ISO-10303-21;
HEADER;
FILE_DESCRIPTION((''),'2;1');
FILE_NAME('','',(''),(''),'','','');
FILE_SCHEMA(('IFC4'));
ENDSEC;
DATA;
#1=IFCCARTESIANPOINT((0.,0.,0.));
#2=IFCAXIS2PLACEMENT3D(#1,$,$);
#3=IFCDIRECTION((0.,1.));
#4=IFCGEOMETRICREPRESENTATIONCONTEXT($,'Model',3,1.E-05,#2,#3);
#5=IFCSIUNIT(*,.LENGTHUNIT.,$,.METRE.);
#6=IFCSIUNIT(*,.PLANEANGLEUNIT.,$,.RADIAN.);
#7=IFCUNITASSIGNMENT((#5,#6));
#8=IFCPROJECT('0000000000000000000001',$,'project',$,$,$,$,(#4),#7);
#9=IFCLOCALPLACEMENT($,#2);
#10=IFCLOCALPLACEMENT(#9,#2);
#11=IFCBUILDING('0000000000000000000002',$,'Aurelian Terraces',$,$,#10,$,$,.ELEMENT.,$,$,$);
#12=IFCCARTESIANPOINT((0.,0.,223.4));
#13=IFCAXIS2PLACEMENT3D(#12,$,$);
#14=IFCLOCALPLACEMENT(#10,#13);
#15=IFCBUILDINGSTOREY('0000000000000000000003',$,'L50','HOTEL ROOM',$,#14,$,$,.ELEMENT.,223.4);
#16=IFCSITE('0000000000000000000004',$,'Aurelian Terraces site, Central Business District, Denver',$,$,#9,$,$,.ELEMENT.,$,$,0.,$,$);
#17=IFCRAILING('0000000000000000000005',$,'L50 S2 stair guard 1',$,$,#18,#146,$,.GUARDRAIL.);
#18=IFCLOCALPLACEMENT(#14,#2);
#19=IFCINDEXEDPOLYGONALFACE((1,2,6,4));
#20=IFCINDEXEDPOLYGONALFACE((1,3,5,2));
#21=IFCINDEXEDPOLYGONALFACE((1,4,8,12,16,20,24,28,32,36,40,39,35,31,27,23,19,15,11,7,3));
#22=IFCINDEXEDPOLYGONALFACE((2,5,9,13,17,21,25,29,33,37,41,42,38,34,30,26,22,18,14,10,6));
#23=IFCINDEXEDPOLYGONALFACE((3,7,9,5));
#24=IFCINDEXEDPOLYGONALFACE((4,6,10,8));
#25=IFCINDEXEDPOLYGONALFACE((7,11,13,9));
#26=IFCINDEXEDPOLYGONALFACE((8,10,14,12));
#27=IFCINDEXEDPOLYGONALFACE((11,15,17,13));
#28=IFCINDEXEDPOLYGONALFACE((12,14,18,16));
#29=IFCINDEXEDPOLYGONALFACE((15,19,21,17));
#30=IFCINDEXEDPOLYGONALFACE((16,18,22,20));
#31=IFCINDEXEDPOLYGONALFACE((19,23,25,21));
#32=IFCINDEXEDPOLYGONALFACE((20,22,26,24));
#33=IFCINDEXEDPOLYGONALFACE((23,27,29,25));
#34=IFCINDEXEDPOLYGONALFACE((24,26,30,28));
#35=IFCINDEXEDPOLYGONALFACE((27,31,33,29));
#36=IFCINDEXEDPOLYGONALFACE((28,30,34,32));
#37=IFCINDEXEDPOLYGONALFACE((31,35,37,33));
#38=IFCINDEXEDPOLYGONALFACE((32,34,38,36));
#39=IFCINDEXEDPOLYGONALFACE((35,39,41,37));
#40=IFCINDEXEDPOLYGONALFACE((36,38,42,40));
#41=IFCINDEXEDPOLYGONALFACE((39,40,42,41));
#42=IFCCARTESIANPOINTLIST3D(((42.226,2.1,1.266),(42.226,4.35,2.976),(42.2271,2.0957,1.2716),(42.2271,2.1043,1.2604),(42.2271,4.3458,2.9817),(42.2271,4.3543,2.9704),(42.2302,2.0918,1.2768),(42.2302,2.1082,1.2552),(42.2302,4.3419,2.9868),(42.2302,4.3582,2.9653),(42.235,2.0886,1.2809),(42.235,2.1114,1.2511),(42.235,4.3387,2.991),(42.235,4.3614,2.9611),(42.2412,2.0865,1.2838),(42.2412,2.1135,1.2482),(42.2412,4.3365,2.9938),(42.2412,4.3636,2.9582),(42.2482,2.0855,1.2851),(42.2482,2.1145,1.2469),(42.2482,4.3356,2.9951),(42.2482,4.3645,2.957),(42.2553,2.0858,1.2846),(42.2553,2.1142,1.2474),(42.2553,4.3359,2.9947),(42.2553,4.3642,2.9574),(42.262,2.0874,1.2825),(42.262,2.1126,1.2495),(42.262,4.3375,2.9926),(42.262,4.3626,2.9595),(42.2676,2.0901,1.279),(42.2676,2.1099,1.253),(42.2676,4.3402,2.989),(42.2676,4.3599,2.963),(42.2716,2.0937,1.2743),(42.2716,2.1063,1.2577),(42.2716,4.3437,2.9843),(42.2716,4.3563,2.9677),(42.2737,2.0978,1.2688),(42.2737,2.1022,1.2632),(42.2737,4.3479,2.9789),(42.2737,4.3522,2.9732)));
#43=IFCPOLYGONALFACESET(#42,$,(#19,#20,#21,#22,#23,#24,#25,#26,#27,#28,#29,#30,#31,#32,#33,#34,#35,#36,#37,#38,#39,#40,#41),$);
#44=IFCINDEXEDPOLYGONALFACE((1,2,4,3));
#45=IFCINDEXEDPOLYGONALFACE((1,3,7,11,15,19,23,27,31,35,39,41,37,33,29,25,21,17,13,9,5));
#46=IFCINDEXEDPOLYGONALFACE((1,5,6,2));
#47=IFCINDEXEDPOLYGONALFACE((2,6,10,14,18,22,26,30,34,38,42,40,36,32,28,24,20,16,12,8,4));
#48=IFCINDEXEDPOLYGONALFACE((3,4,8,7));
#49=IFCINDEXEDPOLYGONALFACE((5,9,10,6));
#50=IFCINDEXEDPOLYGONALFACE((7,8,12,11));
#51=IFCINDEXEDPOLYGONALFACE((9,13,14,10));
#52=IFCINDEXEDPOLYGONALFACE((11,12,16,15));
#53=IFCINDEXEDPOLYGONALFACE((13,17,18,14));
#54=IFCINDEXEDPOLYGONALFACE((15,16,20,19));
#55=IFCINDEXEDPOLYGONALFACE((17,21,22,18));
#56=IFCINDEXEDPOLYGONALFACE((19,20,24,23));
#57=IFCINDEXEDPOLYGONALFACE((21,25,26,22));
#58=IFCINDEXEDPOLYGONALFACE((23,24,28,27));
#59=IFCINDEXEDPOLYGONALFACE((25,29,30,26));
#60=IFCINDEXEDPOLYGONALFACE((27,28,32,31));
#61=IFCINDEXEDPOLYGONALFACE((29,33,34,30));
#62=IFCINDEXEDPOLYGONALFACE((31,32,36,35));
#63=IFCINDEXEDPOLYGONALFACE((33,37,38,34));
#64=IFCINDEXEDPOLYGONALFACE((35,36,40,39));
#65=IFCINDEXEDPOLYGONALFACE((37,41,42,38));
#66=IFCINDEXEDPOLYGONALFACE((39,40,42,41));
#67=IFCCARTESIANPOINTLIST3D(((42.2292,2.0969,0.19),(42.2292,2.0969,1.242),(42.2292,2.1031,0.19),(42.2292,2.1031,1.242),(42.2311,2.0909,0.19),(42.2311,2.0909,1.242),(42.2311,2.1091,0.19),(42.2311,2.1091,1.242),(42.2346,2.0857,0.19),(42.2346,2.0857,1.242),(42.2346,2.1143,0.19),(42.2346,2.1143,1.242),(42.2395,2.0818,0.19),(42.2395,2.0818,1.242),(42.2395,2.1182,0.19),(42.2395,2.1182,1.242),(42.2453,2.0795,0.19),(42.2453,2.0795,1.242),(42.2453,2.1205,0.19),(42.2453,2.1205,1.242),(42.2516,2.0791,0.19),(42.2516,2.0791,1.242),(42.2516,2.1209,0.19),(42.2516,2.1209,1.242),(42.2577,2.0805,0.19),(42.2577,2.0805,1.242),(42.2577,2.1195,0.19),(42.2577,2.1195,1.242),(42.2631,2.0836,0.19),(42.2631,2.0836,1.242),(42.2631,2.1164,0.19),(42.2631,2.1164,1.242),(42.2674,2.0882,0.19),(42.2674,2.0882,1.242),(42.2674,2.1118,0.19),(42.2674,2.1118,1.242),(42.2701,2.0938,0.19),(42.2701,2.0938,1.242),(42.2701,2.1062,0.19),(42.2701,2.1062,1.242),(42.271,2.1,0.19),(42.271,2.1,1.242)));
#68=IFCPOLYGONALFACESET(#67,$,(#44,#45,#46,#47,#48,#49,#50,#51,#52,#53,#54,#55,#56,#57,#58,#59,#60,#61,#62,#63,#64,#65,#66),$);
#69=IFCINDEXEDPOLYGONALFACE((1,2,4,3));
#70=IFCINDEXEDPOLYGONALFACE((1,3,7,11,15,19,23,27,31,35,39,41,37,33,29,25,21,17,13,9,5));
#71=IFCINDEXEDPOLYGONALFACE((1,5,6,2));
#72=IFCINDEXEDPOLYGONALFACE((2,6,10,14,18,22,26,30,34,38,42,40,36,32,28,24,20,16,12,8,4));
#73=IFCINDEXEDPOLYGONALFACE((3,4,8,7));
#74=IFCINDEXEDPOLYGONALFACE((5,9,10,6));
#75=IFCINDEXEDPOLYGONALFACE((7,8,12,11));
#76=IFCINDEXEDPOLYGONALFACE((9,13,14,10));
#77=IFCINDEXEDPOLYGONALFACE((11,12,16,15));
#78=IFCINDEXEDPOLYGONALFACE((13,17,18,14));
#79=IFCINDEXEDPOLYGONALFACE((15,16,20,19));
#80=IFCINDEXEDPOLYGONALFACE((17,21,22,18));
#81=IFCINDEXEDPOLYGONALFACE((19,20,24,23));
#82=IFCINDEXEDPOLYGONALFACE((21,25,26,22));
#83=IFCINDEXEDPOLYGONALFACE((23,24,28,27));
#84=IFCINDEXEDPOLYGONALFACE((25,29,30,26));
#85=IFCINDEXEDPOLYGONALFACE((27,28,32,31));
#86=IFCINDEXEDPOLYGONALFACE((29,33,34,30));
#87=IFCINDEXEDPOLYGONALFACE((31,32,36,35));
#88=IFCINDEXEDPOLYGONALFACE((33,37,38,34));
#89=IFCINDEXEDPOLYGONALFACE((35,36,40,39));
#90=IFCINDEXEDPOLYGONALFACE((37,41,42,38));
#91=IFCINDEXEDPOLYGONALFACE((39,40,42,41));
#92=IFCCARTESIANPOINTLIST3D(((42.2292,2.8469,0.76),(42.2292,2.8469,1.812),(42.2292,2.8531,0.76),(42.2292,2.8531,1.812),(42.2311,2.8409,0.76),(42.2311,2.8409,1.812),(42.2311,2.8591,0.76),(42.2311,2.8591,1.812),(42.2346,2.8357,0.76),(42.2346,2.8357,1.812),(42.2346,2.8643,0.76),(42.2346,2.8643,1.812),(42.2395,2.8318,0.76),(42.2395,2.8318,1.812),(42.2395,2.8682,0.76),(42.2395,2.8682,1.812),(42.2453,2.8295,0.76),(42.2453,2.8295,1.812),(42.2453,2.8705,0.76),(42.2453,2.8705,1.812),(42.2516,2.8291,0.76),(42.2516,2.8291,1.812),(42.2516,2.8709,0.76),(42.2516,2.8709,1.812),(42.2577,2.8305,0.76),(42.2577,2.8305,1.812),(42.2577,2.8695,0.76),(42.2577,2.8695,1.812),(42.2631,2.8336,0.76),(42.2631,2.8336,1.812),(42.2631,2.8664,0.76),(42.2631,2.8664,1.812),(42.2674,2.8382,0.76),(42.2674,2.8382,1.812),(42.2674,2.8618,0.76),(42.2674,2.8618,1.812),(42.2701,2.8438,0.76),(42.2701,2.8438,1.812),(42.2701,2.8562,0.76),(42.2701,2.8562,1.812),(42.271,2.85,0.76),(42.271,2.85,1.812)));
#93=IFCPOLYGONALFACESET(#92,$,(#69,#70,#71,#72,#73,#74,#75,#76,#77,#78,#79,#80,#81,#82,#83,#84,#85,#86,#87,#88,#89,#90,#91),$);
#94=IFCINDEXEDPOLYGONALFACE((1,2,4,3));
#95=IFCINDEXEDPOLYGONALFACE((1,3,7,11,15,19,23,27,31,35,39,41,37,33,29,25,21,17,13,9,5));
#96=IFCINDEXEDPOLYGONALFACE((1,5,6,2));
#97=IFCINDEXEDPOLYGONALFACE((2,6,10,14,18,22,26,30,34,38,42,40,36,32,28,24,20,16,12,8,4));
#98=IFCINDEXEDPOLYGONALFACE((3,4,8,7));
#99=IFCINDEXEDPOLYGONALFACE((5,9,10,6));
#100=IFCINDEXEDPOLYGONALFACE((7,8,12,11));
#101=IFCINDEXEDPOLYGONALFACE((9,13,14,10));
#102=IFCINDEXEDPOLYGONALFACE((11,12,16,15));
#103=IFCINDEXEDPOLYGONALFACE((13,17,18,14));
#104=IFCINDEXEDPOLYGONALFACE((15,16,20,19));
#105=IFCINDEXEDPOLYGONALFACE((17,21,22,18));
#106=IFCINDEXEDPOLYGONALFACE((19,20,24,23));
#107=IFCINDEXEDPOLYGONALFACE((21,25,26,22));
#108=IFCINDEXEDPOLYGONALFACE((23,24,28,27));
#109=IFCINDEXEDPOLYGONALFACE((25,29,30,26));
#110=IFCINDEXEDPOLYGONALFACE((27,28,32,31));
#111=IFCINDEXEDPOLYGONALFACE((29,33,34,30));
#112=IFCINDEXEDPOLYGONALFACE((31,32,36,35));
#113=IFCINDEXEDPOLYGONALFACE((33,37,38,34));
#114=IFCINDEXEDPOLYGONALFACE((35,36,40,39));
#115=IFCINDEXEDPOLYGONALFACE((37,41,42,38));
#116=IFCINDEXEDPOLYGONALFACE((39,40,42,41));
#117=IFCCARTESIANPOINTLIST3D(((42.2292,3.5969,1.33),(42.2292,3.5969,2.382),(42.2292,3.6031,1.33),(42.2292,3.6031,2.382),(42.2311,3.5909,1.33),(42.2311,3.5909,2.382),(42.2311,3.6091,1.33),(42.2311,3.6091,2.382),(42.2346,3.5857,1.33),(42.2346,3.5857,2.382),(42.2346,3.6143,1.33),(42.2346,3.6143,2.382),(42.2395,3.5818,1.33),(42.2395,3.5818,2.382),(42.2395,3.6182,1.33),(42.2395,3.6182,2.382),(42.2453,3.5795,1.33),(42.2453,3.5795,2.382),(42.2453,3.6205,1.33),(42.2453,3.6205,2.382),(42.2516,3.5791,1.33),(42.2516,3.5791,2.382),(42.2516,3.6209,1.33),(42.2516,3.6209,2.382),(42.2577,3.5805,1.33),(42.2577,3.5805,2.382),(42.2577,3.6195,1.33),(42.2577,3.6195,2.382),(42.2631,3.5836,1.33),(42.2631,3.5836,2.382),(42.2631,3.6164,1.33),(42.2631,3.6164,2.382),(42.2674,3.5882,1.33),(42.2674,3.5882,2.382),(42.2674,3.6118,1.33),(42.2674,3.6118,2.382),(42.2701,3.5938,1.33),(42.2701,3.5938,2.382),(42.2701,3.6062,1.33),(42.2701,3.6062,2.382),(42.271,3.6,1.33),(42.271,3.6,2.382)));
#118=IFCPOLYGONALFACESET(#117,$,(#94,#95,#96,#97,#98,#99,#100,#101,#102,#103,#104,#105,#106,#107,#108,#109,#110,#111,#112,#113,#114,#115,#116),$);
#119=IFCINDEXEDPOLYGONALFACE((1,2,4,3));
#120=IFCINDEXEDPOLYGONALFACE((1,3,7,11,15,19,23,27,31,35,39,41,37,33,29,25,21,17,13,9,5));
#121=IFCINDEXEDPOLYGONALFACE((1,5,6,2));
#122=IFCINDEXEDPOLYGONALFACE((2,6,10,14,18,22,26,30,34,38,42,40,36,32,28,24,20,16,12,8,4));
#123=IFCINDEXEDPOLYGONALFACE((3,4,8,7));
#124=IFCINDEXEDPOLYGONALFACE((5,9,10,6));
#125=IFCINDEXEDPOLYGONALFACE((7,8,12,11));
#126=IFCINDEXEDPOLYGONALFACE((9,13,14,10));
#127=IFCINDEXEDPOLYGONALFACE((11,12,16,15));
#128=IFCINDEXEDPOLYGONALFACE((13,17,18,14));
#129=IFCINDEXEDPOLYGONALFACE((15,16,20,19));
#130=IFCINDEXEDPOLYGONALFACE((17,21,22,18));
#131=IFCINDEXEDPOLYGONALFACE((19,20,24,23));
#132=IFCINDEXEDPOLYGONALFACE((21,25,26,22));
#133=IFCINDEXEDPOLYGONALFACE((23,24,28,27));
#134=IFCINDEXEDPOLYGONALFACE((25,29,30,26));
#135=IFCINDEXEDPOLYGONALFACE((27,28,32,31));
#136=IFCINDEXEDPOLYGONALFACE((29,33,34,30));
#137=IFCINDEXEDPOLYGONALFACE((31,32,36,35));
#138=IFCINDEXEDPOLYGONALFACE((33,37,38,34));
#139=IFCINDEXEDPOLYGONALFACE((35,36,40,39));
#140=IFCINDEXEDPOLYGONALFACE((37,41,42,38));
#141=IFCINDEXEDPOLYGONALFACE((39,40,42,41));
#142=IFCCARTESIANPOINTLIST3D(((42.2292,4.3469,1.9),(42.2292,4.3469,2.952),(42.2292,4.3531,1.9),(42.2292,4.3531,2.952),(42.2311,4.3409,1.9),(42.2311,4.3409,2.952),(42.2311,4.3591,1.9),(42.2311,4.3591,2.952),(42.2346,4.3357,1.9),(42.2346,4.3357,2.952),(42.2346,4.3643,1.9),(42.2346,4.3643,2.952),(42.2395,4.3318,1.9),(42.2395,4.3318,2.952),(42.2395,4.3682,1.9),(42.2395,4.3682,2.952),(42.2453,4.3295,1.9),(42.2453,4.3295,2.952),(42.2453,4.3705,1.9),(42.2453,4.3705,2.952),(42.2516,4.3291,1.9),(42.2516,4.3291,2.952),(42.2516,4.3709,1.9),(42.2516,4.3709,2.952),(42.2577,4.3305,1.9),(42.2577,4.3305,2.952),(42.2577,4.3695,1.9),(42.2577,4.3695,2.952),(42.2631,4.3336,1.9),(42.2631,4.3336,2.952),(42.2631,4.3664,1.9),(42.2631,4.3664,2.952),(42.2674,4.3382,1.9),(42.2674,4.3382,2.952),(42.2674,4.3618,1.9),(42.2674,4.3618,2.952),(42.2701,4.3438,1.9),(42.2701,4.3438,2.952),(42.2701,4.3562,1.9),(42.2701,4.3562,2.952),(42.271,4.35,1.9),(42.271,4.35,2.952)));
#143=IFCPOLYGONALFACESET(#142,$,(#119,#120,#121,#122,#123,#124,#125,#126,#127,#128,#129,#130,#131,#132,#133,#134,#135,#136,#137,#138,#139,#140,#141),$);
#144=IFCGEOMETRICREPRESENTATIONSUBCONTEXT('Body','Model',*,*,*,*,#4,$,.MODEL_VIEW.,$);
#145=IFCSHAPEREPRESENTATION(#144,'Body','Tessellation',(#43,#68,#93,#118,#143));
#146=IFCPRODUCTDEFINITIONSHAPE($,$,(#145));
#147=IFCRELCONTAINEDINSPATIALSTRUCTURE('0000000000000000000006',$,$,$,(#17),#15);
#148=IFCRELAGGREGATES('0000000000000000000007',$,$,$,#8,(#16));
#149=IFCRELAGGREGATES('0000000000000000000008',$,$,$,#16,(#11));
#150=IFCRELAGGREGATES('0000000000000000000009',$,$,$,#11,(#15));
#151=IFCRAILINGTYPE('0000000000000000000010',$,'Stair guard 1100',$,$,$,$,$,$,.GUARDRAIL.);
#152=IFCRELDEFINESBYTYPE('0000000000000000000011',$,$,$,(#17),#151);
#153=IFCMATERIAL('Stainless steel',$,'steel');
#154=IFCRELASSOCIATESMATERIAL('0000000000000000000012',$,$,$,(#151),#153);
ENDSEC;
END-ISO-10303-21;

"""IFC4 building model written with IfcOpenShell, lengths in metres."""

from ifc_helpers import new_model, si_unit, direction, frame, origin, origin_2d, place, context, subcontext, project, spatial, circle, extrude, source, transform, mapped, material, type_object, element, save


model = new_model("IFC4")

# Units and contexts
model_context = context("Model", 3, precision=1e-05, world=origin(), true_north=direction((0.0, 1.0)))
body_context = subcontext(model_context, "Body", "Model", "MODEL_VIEW")
ifc_project = project(units=[si_unit("LENGTHUNIT", "METRE"), si_unit("PLANEANGLEUNIT", "RADIAN")], contexts=[model_context])

# Site, building, storey
site_placement = place(None, origin())
site = spatial("IfcSite", under=ifc_project, at=site_placement, Name="Aurelian Terraces site, Central Business District, Denver", CompositionType="ELEMENT", RefElevation=0.0)
building_placement = place(site_placement, origin())
building = spatial("IfcBuilding", under=site, at=building_placement, Name="Aurelian Terraces", CompositionType="ELEMENT")
storey_placement = place(building_placement, frame((0.0, 0.0, 223.4)))
storey = spatial("IfcBuildingStorey", under=building, at=storey_placement, Name="L50", Description="HOTEL ROOM", CompositionType="ELEMENT", Elevation=223.4)

# Railing
ifc_material_1 = material(Name="Stainless steel", Category="steel")
railing_type = type_object("IfcRailingType", Name="Stair guard 1100", PredefinedType="GUARDRAIL", material=ifc_material_1)
shared_shape_1 = source(origin(), body_context, "Body", "SweptSolid", [
    extrude(circle(Radius=0.024, at=origin_2d()), frame((0.0, 0.0, 1.076), z_axis=(0.0, 0.796162, 0.605083), x_axis=(-1.0, 0.0, 0.0)), (0.0, 0.0, 1.0), 2.8261),
    extrude(circle(Radius=0.021, at=origin_2d()), origin(), (0.0, 0.0, 1.0), 1.052),
    extrude(circle(Radius=0.021, at=origin_2d()), frame((0.0, 0.75, 0.57)), (0.0, 0.0, 1.0), 1.052),
    extrude(circle(Radius=0.021, at=origin_2d()), frame((0.0, 1.5, 1.14)), (0.0, 0.0, 1.0), 1.052),
    extrude(circle(Radius=0.021, at=origin_2d()), frame((0.0, 2.25, 1.71)), (0.0, 0.0, 1.0), 1.052),
])
railing_1_placement = place(storey_placement, frame((42.25, 2.1, 0.19)))
element("IfcRailing", 1, at=railing_1_placement, inside=storey, type_object=railing_type, Name="L50 S2 stair guard 1", PredefinedType="GUARDRAIL", context=body_context, shape_type="MappedRepresentation", body=[
    mapped(shared_shape_1, transform((0.0, 0.0, 0.0), scale=1.0)),
])

save(model, "model.ifc")
